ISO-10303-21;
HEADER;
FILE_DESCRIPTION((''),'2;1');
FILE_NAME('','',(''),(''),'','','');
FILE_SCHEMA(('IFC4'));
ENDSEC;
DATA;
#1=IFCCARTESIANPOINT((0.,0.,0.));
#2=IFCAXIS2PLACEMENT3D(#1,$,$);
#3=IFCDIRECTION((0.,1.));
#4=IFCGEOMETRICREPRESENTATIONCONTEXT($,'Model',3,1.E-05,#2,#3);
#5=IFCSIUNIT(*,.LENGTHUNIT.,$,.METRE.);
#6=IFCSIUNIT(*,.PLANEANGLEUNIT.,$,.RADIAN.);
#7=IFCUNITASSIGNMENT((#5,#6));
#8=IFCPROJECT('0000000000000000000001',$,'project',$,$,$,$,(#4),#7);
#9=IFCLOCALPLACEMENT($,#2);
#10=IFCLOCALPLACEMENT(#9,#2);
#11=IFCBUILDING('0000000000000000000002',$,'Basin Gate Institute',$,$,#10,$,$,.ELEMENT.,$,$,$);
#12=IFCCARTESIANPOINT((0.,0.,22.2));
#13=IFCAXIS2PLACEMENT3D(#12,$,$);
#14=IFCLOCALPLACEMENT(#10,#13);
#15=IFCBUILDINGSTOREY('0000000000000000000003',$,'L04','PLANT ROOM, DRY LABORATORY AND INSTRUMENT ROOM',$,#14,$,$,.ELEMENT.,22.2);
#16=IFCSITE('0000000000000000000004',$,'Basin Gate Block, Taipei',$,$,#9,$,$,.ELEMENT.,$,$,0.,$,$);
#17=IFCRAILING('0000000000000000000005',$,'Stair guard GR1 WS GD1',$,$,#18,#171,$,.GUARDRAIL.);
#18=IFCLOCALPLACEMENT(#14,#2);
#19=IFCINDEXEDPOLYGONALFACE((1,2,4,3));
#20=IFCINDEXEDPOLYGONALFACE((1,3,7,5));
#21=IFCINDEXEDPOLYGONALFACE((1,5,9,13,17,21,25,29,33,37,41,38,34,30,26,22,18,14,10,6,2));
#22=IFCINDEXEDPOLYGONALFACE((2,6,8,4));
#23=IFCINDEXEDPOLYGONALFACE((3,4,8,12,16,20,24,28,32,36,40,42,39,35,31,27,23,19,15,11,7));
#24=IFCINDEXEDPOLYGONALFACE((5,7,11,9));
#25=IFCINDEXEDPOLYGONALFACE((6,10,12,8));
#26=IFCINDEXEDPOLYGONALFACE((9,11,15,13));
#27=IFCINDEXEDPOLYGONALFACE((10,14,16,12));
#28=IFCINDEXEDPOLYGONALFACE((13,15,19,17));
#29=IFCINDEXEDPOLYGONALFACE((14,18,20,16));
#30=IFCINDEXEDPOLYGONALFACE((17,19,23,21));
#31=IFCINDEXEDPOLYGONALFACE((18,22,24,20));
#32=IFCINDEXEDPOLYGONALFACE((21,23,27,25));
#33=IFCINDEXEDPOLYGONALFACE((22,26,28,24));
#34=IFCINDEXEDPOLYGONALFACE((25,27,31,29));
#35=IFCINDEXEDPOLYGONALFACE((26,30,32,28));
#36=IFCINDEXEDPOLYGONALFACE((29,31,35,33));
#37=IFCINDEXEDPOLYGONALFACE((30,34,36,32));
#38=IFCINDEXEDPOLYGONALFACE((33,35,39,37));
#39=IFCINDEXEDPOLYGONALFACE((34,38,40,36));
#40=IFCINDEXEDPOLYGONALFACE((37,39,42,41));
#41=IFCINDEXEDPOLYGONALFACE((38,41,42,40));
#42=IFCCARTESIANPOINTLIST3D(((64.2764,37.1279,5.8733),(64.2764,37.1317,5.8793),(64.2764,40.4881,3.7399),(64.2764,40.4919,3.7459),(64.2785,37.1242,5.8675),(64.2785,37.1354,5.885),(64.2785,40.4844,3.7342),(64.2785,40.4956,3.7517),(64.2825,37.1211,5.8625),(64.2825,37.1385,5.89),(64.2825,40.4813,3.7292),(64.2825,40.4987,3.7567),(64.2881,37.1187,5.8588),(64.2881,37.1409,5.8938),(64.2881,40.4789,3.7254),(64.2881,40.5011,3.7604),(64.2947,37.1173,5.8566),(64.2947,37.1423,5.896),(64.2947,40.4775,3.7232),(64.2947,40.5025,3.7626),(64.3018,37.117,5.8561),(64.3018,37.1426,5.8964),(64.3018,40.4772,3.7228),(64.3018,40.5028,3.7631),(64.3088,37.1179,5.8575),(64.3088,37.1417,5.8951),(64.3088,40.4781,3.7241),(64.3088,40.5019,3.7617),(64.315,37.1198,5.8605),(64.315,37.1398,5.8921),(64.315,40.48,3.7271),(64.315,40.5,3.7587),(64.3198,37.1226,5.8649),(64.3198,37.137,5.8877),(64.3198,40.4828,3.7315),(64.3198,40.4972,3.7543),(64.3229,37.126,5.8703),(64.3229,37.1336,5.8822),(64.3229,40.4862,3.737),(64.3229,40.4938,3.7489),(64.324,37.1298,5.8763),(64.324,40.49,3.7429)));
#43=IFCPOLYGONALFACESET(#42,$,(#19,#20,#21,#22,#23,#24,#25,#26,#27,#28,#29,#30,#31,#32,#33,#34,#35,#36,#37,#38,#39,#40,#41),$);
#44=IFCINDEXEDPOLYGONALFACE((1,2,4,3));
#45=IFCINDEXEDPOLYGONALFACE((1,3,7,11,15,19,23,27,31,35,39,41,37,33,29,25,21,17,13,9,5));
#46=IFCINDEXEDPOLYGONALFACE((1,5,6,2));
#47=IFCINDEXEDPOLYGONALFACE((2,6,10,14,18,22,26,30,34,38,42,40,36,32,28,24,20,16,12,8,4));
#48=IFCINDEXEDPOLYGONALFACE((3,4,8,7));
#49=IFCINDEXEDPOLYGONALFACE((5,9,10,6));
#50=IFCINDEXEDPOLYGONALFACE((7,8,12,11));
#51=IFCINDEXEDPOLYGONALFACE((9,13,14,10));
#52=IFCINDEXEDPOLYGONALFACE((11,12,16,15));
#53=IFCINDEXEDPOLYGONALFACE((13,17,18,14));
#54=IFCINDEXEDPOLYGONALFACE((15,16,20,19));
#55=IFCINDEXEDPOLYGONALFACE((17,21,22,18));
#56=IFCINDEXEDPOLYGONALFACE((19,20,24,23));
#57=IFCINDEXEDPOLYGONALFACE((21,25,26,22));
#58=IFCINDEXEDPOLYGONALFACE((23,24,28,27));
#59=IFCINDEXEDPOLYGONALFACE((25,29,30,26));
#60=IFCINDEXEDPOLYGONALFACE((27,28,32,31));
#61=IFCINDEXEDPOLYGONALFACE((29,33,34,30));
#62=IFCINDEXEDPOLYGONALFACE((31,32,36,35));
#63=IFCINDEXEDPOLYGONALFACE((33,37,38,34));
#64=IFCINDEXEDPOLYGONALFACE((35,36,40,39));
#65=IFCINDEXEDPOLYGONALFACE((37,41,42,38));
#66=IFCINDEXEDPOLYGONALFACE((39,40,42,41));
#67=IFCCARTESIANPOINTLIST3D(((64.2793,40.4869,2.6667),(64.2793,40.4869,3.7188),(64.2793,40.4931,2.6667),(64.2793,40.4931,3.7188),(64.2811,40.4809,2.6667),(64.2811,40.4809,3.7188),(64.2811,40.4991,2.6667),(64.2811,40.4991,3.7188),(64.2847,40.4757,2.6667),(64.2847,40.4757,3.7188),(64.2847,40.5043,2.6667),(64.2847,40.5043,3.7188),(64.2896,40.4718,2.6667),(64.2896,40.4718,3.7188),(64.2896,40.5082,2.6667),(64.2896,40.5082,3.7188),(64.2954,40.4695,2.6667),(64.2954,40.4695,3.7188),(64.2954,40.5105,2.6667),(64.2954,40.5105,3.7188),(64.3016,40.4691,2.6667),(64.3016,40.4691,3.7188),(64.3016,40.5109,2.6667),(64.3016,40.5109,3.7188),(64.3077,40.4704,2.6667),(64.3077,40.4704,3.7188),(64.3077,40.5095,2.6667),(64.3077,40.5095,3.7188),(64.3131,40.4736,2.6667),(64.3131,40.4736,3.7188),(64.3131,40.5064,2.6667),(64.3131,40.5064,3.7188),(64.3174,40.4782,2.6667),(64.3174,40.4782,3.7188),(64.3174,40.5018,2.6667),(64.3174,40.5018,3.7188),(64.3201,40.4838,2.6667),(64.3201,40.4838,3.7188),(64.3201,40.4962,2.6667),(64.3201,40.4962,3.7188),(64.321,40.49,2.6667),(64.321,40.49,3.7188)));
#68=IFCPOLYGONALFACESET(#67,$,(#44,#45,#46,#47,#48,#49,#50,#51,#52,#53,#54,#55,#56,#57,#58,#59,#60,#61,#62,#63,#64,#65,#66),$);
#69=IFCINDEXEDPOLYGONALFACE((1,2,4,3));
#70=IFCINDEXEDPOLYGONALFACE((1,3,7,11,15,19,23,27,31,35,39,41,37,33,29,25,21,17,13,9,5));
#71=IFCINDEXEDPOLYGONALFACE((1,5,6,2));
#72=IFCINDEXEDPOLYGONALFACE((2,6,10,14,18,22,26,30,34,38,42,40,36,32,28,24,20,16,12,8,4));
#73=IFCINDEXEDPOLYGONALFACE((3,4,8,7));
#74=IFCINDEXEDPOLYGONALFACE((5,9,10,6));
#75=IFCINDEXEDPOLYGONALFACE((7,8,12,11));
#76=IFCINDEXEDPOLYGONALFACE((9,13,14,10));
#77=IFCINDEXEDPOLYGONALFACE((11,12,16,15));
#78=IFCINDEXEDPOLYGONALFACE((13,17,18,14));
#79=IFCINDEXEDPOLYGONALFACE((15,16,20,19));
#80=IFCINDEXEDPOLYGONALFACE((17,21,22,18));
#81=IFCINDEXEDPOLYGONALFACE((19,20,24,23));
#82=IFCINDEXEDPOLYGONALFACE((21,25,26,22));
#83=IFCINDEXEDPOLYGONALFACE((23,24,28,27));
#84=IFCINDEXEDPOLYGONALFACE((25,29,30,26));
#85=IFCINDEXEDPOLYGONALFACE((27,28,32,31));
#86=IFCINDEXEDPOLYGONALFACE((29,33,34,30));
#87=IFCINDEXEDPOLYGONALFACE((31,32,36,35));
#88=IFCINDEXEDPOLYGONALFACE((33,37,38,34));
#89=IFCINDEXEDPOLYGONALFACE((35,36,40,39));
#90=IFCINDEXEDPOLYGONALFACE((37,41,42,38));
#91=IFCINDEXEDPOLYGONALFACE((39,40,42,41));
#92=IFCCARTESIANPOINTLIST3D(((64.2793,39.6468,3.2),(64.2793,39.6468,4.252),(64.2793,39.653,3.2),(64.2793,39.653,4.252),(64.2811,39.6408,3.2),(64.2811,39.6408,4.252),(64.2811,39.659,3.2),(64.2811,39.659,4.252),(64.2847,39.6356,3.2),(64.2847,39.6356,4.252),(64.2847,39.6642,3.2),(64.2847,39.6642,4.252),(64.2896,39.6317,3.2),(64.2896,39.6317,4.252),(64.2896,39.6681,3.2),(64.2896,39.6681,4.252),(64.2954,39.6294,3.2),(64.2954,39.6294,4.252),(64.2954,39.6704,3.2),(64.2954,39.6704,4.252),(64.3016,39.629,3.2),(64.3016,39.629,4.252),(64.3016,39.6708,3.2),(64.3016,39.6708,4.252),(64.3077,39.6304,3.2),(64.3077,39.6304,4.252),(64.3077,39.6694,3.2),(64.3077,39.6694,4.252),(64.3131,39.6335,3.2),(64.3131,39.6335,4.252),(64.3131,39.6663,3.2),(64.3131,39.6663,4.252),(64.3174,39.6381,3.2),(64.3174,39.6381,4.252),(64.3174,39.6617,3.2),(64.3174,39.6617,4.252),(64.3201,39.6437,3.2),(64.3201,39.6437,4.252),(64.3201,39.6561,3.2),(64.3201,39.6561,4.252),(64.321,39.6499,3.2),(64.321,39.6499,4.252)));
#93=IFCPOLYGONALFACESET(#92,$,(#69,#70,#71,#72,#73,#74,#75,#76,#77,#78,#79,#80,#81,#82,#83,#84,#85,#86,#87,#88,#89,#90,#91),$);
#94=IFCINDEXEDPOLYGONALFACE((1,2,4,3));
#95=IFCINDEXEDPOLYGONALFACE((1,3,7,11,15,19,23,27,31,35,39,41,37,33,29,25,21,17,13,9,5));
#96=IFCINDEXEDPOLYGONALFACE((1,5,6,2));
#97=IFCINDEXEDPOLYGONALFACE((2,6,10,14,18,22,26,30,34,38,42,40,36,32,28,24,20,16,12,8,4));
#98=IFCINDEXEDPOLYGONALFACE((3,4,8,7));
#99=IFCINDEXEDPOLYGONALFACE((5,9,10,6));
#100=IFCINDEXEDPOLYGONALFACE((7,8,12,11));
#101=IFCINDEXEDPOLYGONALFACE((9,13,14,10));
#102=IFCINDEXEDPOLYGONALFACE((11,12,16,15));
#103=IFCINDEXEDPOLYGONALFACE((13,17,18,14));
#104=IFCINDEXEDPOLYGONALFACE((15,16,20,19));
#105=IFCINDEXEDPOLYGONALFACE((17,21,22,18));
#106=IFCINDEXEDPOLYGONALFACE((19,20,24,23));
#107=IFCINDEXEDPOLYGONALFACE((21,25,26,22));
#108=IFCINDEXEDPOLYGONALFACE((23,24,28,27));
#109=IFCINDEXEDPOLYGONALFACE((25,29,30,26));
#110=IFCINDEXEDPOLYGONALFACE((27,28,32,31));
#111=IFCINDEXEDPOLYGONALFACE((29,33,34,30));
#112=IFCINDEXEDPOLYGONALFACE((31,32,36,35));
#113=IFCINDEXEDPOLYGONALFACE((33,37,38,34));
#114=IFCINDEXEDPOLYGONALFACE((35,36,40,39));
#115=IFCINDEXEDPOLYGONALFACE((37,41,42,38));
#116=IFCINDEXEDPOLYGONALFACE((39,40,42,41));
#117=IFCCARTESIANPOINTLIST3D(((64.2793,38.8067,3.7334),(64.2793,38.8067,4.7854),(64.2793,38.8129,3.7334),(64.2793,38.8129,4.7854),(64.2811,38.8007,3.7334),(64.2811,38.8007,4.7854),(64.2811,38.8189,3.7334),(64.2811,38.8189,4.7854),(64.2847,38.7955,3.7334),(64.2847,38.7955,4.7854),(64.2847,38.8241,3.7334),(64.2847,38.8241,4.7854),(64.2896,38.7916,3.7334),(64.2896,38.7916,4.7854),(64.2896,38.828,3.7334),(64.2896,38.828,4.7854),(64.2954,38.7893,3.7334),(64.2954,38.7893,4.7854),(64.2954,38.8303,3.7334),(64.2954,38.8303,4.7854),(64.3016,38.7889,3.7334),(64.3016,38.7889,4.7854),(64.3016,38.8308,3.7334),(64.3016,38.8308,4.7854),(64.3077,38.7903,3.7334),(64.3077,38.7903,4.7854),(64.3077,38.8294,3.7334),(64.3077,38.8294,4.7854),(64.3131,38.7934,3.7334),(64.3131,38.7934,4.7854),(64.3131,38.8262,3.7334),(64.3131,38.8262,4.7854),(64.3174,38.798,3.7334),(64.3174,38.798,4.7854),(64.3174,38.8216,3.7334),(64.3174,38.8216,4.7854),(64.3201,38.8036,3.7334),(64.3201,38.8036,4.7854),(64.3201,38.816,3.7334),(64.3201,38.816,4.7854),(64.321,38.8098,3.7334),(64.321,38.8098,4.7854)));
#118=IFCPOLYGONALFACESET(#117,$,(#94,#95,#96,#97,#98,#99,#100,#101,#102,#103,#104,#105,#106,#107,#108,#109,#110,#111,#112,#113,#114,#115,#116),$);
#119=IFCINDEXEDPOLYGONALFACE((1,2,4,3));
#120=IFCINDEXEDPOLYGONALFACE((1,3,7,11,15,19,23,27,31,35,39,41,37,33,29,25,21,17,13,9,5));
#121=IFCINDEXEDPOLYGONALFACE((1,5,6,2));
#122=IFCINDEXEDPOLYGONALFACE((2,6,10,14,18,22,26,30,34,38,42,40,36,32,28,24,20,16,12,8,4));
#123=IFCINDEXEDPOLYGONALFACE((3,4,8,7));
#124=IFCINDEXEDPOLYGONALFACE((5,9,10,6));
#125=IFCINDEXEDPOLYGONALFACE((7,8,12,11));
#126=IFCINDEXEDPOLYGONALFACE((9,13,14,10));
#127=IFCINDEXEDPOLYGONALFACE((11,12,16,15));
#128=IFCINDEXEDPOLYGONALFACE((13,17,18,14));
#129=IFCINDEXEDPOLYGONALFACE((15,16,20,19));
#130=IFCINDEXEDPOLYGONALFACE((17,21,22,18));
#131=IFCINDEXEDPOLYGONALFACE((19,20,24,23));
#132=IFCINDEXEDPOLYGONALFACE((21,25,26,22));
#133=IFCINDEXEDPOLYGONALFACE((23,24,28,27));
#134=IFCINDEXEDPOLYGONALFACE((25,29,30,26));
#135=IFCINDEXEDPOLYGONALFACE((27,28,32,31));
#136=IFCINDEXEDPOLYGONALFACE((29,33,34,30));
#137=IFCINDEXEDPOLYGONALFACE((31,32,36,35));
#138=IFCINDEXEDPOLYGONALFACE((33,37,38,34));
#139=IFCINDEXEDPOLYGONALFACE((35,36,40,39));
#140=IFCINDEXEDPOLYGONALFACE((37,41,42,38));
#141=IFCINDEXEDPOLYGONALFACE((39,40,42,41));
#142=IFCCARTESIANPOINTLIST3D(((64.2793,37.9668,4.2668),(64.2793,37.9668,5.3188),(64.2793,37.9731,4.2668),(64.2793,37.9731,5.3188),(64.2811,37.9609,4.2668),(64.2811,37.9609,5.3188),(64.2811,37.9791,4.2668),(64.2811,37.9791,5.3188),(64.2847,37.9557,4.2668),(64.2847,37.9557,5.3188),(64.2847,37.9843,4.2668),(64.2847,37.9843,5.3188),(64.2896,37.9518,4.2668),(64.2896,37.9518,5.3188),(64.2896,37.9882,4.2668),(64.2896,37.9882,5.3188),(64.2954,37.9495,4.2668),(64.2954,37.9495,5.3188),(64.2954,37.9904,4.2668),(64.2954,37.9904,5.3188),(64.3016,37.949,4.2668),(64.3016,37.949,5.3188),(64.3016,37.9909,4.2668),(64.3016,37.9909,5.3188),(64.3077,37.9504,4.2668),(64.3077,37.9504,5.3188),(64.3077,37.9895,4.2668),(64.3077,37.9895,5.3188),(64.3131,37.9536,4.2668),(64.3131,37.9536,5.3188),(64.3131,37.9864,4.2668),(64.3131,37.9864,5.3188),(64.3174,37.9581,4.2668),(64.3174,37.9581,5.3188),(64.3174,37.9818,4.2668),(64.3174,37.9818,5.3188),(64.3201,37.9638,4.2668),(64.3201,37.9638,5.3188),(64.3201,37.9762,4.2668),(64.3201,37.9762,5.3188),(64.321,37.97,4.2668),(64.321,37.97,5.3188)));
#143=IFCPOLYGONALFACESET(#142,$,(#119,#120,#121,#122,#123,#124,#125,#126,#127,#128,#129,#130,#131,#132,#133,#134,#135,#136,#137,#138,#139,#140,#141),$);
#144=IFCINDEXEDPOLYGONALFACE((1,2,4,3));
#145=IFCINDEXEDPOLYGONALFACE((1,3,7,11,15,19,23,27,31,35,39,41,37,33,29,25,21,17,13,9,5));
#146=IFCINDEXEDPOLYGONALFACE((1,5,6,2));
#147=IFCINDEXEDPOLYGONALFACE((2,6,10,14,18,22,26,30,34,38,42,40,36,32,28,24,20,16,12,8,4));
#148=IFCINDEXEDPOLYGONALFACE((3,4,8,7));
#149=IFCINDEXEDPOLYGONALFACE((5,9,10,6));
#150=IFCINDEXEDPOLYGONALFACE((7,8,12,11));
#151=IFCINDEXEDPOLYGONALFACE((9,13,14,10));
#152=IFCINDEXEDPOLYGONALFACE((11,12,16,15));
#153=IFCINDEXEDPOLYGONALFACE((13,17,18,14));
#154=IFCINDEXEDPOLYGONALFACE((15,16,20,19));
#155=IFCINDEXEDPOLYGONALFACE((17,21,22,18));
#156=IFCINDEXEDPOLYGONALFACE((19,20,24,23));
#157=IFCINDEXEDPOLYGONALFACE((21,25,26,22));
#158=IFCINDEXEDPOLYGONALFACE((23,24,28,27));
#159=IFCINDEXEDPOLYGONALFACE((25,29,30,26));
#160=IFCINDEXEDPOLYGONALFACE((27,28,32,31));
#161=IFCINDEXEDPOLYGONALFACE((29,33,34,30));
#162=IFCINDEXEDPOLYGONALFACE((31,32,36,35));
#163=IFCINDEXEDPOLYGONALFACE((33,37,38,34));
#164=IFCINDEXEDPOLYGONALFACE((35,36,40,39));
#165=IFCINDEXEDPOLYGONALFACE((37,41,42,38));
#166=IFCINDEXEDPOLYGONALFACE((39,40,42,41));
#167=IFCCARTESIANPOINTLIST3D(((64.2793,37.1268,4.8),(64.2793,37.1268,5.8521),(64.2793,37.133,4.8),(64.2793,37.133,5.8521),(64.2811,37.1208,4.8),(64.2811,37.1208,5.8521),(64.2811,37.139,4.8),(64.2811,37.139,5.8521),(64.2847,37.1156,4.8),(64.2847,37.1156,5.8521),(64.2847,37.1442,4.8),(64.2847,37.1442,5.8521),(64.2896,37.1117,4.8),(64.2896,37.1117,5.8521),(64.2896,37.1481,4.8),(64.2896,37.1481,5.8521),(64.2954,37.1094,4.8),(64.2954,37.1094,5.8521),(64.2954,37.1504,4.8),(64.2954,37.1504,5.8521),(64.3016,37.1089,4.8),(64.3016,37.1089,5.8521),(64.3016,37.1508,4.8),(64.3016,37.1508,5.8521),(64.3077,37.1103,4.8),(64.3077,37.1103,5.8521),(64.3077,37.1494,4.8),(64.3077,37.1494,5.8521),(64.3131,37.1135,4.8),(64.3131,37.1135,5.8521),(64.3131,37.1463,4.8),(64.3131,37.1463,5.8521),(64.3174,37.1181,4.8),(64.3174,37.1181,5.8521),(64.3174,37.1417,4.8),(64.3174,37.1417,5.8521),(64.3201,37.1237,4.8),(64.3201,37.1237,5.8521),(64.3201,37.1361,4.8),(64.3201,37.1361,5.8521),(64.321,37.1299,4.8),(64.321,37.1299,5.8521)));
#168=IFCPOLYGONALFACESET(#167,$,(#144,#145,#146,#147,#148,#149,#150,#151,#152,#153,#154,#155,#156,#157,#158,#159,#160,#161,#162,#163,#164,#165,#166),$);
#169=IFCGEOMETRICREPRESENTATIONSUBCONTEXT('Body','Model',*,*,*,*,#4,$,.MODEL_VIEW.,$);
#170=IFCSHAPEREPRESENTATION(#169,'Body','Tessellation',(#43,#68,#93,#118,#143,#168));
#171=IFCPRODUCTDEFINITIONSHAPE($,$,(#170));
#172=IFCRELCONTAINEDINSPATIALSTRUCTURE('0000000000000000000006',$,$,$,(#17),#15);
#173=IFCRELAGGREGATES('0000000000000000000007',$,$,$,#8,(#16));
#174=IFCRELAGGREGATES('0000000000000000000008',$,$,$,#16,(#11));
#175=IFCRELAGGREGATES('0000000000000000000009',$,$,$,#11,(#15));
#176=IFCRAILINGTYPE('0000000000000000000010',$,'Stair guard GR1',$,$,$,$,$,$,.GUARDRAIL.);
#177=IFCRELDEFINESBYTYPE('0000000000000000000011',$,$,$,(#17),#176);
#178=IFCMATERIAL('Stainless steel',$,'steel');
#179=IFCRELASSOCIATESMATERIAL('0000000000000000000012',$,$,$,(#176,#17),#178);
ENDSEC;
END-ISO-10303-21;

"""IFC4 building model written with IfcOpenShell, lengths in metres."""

from ifc_helpers import new_model, si_unit, direction, frame, origin, origin_2d, place, context, subcontext, project, spatial, circle, extrude, material, type_object, element, save


model = new_model("IFC4")

# Units and contexts
model_context = context("Model", 3, precision=1e-05, world=origin(), true_north=direction((0.0, 1.0)))
body_context = subcontext(model_context, "Body", "Model", "MODEL_VIEW")
ifc_project = project(units=[si_unit("LENGTHUNIT", "METRE"), si_unit("PLANEANGLEUNIT", "RADIAN")], contexts=[model_context])

# Site, building, storey
site_placement = place(None, origin())
site = spatial("IfcSite", under=ifc_project, at=site_placement, Name="Basin Gate Block, Taipei", CompositionType="ELEMENT", RefElevation=0.0)
building_placement = place(site_placement, origin())
building = spatial("IfcBuilding", under=site, at=building_placement, Name="Basin Gate Institute", CompositionType="ELEMENT")
storey_placement = place(building_placement, frame((0.0, 0.0, 22.2)))
storey = spatial("IfcBuildingStorey", under=building, at=storey_placement, Name="L04", Description="PLANT ROOM, DRY LABORATORY AND INSTRUMENT ROOM", CompositionType="ELEMENT", Elevation=22.2)

# Railing
ifc_material_1 = material(Name="Stainless steel", Category="steel")
railing_type_1 = type_object("IfcRailingType", Name="Stair guard GR1", PredefinedType="GUARDRAIL", material=ifc_material_1)
railing_1_placement = place(storey_placement, frame((64.3, 40.49, 2.6667)))
element("IfcRailing", 1, at=railing_1_placement, inside=storey, type_object=railing_type_1, material=ifc_material_1, Name="Stair guard GR1 WS GD1", PredefinedType="GUARDRAIL", context=body_context, shape_type="SweptSolid", body=[
    extrude(circle(Radius=0.0239, at=origin_2d()), frame((0.0, 0.0, 1.0762), z_axis=(0.0, -0.844224, 0.53599), x_axis=(1.0, 0.0, 0.0)), (0.0, 0.0, 1.0), 3.9802),
    extrude(circle(Radius=0.021, at=origin_2d()), origin(), (0.0, 0.0, 1.0), 1.052),
    extrude(circle(Radius=0.021, at=origin_2d()), frame((0.0, -0.8401, 0.5332)), (0.0, 0.0, 1.0), 1.052),
    extrude(circle(Radius=0.021, at=origin_2d()), frame((0.0, -1.6802, 1.0667)), (0.0, 0.0, 1.0), 1.052),
    extrude(circle(Radius=0.021, at=origin_2d()), frame((0.0, -2.52, 1.6001)), (0.0, 0.0, 1.0), 1.052),
    extrude(circle(Radius=0.021, at=origin_2d()), frame((0.0, -3.3601, 2.1333)), (0.0, 0.0, 1.0), 1.052),
])

save(model, "model.ifc")
